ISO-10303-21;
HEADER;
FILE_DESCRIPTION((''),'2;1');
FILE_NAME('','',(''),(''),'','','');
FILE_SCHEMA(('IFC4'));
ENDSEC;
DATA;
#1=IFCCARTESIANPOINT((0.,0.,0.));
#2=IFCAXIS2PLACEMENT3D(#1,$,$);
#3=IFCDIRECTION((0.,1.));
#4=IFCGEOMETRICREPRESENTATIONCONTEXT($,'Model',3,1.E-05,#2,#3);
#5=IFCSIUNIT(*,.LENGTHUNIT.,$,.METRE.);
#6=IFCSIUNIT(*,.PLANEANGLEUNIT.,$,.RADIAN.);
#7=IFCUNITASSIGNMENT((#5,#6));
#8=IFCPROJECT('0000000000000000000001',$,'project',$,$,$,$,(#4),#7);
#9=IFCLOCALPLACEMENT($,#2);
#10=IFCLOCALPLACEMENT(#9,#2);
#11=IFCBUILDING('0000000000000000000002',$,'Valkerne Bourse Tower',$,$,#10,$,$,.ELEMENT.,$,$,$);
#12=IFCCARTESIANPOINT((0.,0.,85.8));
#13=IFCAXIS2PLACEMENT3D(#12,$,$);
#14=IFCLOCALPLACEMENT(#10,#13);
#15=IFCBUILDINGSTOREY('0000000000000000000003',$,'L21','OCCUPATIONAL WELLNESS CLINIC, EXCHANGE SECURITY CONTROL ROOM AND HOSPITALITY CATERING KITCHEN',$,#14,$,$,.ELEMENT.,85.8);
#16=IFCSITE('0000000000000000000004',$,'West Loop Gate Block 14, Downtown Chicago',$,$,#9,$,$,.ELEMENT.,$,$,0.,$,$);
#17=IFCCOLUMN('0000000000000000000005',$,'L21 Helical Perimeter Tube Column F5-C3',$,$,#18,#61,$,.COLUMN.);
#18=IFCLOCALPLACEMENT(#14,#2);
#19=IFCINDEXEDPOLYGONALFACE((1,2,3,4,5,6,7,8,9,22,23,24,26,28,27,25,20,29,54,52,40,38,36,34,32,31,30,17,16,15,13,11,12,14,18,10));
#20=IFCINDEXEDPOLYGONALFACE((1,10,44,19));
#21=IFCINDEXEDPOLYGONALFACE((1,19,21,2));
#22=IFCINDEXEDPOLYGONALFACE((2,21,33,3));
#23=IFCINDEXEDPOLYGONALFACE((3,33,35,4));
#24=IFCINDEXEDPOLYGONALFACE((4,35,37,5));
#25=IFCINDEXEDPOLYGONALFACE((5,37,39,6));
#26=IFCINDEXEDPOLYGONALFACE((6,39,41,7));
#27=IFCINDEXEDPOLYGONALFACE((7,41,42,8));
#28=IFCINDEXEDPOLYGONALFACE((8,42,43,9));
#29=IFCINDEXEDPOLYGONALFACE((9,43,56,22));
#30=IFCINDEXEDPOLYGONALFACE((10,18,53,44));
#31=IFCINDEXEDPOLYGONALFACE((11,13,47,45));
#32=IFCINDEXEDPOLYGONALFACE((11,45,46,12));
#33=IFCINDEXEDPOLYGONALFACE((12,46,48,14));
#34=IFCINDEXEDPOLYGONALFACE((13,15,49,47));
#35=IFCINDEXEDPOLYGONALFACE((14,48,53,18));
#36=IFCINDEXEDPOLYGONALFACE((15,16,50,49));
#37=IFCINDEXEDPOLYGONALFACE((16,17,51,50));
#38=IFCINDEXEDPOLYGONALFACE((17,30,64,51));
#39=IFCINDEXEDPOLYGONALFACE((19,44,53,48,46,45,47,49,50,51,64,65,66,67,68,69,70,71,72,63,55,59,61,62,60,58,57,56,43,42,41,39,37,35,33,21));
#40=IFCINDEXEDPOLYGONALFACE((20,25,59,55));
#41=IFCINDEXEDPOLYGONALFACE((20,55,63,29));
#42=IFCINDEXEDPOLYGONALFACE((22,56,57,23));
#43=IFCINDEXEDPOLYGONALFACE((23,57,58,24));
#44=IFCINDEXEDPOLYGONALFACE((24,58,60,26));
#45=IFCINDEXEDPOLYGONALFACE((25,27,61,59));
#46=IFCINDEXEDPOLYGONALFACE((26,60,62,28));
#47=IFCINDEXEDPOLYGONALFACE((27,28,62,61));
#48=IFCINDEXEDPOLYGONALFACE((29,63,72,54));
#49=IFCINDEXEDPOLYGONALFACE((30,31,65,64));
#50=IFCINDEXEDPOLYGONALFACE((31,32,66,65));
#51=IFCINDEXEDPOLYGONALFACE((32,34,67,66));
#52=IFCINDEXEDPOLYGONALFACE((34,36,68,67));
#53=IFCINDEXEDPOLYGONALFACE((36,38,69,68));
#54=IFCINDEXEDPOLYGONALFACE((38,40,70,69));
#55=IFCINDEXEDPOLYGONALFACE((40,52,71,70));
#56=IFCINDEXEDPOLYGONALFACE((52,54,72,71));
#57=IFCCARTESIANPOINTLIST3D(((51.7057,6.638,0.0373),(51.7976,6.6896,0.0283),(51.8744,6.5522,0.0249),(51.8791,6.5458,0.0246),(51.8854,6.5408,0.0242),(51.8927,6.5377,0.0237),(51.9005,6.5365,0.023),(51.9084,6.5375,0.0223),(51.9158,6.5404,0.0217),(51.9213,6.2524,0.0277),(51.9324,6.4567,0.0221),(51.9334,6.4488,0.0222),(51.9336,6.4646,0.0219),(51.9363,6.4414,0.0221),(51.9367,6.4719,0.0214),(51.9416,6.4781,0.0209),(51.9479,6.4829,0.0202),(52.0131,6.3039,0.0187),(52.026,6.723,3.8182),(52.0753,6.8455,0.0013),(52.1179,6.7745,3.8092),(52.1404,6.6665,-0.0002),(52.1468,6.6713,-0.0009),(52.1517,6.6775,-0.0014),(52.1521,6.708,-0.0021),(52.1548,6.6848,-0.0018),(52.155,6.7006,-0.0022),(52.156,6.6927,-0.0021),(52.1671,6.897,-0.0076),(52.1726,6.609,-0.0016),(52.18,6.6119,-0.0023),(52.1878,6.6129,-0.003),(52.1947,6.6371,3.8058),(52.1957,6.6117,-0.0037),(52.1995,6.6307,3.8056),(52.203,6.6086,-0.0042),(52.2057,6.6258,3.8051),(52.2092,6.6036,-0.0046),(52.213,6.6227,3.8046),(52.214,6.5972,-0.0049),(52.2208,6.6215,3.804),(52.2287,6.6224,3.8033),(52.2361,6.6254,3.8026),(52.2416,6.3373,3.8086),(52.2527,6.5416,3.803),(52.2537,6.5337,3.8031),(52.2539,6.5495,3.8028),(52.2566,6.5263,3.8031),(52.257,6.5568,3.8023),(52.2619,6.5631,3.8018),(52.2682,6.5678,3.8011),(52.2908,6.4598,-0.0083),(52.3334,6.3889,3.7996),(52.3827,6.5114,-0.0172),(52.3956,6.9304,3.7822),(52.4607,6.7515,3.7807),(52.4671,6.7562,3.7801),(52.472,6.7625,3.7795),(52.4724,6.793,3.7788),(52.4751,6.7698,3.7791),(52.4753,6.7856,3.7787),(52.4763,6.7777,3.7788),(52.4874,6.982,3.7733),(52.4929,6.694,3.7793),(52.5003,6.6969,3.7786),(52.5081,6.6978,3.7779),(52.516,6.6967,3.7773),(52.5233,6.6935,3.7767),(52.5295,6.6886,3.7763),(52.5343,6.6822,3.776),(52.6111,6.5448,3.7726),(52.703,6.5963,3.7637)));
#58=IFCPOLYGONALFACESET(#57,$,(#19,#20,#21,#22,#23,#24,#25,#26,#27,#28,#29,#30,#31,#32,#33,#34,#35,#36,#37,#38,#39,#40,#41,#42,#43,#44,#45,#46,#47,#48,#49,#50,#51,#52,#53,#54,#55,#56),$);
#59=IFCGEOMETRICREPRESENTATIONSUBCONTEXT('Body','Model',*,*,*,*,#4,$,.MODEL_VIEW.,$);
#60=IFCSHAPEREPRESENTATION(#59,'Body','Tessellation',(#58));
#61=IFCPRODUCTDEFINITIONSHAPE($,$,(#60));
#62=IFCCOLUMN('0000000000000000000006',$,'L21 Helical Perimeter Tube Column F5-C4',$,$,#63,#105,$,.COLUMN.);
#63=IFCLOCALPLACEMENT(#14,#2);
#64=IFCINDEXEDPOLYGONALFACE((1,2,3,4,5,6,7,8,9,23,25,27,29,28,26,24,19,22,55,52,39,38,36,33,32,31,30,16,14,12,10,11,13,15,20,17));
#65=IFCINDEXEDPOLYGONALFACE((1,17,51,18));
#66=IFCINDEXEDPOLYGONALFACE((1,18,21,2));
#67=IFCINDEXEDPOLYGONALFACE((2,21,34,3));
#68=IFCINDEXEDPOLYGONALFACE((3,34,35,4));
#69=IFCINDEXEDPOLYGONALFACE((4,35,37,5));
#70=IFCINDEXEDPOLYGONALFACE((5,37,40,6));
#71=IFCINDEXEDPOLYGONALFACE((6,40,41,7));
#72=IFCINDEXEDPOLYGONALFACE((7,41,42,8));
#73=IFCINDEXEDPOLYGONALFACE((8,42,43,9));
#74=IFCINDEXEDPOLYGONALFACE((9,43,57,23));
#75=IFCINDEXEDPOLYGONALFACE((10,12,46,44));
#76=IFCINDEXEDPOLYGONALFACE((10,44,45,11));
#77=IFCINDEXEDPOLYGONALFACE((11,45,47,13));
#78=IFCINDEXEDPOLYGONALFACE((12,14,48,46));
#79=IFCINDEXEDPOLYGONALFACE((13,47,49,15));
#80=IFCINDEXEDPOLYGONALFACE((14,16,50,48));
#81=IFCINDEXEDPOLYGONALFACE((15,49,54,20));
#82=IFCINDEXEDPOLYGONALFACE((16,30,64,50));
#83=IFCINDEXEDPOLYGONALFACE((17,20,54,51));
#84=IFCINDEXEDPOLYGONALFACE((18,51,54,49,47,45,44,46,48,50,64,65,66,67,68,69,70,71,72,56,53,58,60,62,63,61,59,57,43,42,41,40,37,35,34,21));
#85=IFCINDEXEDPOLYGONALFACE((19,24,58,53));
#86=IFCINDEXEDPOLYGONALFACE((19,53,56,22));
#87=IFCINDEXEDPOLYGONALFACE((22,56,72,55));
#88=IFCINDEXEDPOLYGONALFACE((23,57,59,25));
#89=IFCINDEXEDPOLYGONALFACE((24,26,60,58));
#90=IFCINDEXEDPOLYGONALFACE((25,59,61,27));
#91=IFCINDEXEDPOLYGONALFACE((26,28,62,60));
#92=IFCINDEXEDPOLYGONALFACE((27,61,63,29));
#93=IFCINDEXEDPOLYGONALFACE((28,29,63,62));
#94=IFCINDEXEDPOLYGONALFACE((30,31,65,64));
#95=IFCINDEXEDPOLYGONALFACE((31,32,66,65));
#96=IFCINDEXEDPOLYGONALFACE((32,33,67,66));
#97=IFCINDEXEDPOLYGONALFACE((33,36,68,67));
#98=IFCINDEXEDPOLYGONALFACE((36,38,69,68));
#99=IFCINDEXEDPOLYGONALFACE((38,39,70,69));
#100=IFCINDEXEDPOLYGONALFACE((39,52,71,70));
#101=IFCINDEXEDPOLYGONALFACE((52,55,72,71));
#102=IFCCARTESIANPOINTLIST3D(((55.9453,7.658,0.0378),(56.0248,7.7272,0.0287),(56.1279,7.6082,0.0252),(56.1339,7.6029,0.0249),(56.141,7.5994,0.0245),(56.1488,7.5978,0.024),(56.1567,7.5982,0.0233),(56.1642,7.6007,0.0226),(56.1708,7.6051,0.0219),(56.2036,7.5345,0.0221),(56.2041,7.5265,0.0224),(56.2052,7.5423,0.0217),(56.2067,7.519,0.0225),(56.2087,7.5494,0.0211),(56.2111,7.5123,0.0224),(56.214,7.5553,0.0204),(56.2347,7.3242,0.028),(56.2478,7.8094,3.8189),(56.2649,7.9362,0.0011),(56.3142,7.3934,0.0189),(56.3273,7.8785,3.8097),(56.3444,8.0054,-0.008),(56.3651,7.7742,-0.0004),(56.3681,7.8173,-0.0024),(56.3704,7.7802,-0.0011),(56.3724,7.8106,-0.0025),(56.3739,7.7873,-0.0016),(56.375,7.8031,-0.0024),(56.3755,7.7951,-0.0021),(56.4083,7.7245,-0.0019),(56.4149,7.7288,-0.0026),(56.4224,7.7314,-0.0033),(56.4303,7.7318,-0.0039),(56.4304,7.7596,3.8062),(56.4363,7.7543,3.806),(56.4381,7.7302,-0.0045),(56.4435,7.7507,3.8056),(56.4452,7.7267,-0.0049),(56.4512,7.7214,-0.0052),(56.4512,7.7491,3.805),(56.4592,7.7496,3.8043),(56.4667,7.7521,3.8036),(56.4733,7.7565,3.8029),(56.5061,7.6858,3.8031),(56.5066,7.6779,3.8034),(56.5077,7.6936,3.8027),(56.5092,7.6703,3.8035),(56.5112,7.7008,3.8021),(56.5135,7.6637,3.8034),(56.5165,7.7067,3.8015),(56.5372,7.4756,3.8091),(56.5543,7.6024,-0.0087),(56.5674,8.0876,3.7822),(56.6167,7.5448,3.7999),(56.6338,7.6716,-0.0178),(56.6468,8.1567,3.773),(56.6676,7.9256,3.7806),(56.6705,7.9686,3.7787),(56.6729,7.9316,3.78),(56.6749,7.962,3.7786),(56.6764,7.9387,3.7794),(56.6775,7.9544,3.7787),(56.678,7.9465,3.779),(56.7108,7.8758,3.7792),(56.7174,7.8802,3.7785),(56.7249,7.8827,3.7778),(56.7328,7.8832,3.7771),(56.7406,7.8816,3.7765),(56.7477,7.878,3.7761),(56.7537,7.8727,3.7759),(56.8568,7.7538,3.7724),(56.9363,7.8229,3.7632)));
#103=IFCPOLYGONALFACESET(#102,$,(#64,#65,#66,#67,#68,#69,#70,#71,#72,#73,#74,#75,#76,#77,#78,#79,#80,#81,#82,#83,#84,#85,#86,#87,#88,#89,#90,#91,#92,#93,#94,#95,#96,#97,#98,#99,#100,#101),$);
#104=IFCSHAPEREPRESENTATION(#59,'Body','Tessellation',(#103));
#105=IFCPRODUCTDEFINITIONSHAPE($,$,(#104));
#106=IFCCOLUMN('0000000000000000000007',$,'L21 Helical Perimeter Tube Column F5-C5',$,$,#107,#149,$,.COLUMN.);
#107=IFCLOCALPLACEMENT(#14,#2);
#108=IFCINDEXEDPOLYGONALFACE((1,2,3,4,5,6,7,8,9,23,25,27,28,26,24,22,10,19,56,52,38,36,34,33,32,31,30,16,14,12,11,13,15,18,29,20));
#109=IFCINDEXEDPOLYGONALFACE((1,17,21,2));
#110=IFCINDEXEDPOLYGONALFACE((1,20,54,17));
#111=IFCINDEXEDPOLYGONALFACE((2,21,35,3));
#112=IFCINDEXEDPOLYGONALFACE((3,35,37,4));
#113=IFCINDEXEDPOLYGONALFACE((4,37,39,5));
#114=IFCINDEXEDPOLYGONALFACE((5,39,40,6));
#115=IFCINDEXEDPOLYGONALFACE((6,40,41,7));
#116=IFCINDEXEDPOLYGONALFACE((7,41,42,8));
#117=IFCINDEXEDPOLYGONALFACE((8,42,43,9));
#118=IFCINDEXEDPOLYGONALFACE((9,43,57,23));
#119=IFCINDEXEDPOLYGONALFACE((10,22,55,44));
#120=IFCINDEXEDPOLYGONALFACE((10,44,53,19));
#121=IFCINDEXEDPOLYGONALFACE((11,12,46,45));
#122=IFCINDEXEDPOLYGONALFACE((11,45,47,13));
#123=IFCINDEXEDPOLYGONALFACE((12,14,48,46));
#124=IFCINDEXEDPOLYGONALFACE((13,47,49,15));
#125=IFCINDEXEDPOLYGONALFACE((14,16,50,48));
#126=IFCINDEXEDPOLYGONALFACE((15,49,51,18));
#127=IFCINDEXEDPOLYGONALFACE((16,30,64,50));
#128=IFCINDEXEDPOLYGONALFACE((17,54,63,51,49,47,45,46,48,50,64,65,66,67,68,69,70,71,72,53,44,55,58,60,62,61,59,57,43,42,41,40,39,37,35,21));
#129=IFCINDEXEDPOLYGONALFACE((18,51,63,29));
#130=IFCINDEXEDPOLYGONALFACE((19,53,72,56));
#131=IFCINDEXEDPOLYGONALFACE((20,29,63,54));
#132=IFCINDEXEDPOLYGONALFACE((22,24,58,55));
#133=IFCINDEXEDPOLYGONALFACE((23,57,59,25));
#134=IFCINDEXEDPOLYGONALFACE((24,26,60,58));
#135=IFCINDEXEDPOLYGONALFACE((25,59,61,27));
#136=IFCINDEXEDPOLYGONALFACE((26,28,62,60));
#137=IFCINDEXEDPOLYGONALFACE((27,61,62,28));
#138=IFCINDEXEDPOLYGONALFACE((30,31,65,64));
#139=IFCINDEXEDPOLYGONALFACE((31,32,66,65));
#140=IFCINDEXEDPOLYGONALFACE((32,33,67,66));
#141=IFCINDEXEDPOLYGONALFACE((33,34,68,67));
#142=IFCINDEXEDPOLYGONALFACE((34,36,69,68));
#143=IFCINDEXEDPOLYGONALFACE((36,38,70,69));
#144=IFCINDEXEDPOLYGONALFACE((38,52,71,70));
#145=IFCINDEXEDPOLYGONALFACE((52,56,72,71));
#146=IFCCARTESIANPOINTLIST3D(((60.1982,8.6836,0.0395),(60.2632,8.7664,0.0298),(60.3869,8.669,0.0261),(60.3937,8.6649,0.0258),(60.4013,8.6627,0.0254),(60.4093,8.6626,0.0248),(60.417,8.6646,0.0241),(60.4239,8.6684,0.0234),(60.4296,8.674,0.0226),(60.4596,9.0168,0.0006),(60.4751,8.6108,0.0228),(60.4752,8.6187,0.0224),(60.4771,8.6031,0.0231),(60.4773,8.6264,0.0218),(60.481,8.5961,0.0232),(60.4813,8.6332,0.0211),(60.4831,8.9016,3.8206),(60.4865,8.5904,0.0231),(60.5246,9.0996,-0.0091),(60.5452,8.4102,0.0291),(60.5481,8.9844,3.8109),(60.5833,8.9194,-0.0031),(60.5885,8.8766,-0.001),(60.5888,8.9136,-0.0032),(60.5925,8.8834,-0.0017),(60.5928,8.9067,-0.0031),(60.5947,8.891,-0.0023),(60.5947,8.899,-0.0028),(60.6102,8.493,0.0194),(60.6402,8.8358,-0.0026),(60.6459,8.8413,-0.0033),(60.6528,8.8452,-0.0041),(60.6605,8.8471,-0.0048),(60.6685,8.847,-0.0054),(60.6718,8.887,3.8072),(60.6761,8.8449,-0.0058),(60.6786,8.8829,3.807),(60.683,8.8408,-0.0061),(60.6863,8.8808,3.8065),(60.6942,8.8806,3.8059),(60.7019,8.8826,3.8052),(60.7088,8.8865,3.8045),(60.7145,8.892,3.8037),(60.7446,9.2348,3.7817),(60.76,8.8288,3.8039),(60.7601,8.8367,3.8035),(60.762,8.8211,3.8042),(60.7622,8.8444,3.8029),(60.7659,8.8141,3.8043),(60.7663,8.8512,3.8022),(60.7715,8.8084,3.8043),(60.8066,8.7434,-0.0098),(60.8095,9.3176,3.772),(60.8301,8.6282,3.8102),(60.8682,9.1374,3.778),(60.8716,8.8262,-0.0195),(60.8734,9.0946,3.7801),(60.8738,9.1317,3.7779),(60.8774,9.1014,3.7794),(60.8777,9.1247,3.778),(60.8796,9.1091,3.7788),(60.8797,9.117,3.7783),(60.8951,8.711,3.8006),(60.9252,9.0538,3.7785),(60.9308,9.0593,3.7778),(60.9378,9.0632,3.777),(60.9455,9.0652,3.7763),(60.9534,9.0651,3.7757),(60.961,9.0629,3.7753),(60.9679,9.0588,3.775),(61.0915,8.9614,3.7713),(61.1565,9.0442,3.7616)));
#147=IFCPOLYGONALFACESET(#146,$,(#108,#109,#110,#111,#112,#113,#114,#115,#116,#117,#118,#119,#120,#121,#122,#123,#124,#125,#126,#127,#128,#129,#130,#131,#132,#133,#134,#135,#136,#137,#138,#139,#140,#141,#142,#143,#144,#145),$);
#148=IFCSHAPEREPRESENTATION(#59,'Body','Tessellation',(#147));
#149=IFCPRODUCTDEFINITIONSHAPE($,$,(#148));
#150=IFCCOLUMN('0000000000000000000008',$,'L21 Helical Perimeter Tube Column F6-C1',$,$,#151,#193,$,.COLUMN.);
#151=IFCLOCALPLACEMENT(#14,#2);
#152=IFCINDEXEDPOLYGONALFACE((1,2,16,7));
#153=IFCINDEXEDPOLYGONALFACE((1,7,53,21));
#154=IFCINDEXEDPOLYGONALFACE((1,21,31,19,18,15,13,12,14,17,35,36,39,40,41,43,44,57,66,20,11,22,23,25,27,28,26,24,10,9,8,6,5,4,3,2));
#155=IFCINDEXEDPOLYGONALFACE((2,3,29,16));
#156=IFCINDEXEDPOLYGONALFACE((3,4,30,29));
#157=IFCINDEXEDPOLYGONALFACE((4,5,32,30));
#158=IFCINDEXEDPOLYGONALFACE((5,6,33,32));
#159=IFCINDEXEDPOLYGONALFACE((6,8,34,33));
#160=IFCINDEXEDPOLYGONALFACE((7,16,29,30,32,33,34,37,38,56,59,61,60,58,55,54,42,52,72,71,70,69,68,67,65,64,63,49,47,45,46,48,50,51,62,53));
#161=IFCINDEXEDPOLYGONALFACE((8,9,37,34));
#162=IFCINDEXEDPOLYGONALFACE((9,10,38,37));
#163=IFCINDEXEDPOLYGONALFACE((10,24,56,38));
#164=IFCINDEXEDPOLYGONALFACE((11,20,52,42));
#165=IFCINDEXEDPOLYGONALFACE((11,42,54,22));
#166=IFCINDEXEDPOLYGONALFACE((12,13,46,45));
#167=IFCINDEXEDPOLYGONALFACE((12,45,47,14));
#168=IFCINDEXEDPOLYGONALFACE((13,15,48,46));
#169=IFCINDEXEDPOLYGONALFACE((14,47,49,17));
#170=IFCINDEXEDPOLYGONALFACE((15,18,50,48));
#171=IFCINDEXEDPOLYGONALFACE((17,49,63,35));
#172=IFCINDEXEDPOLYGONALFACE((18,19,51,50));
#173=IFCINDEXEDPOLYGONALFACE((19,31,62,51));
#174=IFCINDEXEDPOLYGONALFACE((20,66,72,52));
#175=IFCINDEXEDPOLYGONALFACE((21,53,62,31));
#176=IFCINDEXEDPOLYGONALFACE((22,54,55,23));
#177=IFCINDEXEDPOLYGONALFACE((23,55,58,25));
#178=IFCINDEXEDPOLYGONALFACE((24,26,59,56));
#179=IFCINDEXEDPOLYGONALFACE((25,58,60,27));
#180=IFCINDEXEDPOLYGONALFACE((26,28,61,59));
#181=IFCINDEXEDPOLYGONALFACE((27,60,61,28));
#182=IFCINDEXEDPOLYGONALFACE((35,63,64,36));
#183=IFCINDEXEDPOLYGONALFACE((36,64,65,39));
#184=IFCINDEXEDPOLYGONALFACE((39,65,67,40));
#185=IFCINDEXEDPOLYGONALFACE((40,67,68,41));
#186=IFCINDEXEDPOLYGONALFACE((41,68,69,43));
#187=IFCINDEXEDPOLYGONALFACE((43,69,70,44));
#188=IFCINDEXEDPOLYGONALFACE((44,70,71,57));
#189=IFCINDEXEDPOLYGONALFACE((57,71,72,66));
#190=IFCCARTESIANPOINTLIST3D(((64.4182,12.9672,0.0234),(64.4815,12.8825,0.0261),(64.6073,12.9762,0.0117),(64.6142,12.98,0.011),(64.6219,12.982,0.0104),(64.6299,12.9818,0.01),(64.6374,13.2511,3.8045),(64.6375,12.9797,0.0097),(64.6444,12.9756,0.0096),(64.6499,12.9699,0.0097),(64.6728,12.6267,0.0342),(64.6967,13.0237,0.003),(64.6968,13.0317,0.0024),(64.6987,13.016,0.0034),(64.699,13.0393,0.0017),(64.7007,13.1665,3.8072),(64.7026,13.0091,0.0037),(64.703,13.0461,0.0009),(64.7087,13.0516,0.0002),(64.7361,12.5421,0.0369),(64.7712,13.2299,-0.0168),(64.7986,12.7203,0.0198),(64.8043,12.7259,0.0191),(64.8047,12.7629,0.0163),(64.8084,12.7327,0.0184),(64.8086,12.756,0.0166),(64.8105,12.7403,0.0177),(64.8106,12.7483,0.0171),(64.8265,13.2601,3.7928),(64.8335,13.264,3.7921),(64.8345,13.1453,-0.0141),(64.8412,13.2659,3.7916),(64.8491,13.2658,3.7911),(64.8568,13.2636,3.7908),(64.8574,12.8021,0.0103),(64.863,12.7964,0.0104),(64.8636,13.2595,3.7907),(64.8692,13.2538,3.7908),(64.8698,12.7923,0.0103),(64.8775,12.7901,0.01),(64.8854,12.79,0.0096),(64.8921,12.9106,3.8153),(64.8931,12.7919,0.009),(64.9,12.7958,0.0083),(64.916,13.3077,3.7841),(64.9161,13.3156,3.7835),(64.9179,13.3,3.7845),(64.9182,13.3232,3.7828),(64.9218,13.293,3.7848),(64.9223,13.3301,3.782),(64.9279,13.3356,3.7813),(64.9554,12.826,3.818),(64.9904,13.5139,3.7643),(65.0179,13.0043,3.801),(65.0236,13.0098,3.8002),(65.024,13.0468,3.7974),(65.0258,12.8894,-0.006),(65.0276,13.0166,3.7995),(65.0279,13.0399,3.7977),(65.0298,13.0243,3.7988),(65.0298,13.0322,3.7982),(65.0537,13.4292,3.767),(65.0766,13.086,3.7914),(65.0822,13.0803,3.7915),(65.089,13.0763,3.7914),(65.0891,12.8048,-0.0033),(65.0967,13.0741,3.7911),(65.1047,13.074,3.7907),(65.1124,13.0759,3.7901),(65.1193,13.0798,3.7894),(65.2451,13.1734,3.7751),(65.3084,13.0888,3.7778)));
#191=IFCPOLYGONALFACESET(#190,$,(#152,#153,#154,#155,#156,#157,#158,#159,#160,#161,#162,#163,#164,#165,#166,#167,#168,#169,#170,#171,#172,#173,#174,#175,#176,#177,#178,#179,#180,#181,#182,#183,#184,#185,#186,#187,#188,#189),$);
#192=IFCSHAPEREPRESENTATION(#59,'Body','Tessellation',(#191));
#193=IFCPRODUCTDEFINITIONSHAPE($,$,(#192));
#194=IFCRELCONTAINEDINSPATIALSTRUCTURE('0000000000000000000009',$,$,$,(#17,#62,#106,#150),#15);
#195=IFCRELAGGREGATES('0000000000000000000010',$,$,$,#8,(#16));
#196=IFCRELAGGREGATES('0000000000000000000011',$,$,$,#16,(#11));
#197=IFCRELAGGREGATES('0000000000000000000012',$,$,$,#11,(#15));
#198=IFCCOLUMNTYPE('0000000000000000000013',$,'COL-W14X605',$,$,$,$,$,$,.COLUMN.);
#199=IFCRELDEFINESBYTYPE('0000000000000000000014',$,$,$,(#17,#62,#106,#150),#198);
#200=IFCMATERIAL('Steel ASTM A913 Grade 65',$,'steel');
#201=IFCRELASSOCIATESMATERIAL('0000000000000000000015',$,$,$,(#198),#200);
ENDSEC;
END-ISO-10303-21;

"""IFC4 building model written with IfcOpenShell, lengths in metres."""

from ifc_helpers import new_model, si_unit, direction, frame, origin, origin_2d, place, context, subcontext, project, spatial, i_section, extrude, material, material_profile, profile_set, type_object, element, save


model = new_model("IFC4")

# Units and contexts
model_context = context("Model", 3, precision=1e-05, world=origin(), true_north=direction((0.0, 1.0)))
body_context = subcontext(model_context, "Body", "Model", "MODEL_VIEW")
ifc_project = project(units=[si_unit("LENGTHUNIT", "METRE"), si_unit("PLANEANGLEUNIT", "RADIAN")], contexts=[model_context])

# Site, building, storey
site_placement = place(None, origin())
site = spatial("IfcSite", under=ifc_project, at=site_placement, Name="West Loop Gate Block 14, Downtown Chicago", CompositionType="ELEMENT", RefElevation=0.0)
building_placement = place(site_placement, origin())
building = spatial("IfcBuilding", under=site, at=building_placement, Name="Valkerne Bourse Tower", CompositionType="ELEMENT")
storey_placement = place(building_placement, frame((0.0, 0.0, 85.8)))
storey = spatial("IfcBuildingStorey", under=building, at=storey_placement, Name="L21", Description="OCCUPATIONAL WELLNESS CLINIC, EXCHANGE SECURITY CONTROL ROOM AND HOSPITALITY CATERING KITCHEN", CompositionType="ELEMENT", Elevation=85.8)

# Columns
ifc_material_1 = material(Name="Steel ASTM A913 Grade 65", Category="steel")
ifc_material_profile_1 = material_profile(ifc_material_1, i_section(OverallWidth=0.4419, OverallDepth=0.531, WebThickness=0.0659, FlangeThickness=0.1057, FilletRadius=0.0305, at=origin_2d()), Name="W14X605")
ifc_profile_set_1 = profile_set([ifc_material_profile_1], Name="Steel ASTM A913 Grade 65")
column_type = type_object("IfcColumnType", Name="COL-W14X605", PredefinedType="COLUMN", material=ifc_profile_set_1)
column_1_placement = place(storey_placement, frame((52.0442, 6.5747, 0.01), z_axis=(0.084393, 0.022385, 0.996181), x_axis=(-0.487784, 0.872694, 0.021713)))
element("IfcColumn", 1, at=column_1_placement, inside=storey, type_object=column_type, Name="L21 Helical Perimeter Tube Column F5-C3", PredefinedType="COLUMN", context=body_context, shape_type="SweptSolid", body=[
    extrude(i_section(OverallWidth=0.4419, OverallDepth=0.531, WebThickness=0.0659, FlangeThickness=0.1057, FilletRadius=0.0305, at=origin_2d()), origin(), (0.0, 0.0, 1.0), 3.7954),
])
column_2_placement = place(storey_placement, frame((56.2896, 7.6648, 0.01), z_axis=(0.079684, 0.039874, 0.996022), x_axis=(-0.654958, 0.755341, 0.022159)))
element("IfcColumn", 2, at=column_2_placement, inside=storey, type_object=column_type, Name="L21 Helical Perimeter Tube Column F5-C4", PredefinedType="COLUMN", context=body_context, shape_type="SweptSolid", body=[
    extrude(i_section(OverallWidth=0.4419, OverallDepth=0.531, WebThickness=0.0659, FlangeThickness=0.1057, FilletRadius=0.0305, at=origin_2d()), origin(), (0.0, 0.0, 1.0), 3.7961),
])
for number, where, z_axis, x_axis, name in (
    (3, (60.5349, 8.7549, 0.01), (0.075017, 0.057403, 0.995529), (-0.785228, 0.618761, 0.023491), "L21 Helical Perimeter Tube Column F5-C5"),
    (4, (64.7537, 12.886, 0.01), (0.057725, 0.07476, 0.995529), (-0.798864, -0.594592, 0.090972), "L21 Helical Perimeter Tube Column F6-C1"),
):
    element("IfcColumn", number, at=place(storey_placement, frame(where, z_axis=z_axis, x_axis=x_axis)), inside=storey, type_object=column_type, Name=name, PredefinedType="COLUMN", context=body_context, shape_type="SweptSolid", body=[
        extrude(i_section(OverallWidth=0.4419, OverallDepth=0.531, WebThickness=0.0659, FlangeThickness=0.1057, FilletRadius=0.0305, at=origin_2d()), origin(), (0.0, 0.0, 1.0), 3.7981),
    ])

save(model, "model.ifc")
